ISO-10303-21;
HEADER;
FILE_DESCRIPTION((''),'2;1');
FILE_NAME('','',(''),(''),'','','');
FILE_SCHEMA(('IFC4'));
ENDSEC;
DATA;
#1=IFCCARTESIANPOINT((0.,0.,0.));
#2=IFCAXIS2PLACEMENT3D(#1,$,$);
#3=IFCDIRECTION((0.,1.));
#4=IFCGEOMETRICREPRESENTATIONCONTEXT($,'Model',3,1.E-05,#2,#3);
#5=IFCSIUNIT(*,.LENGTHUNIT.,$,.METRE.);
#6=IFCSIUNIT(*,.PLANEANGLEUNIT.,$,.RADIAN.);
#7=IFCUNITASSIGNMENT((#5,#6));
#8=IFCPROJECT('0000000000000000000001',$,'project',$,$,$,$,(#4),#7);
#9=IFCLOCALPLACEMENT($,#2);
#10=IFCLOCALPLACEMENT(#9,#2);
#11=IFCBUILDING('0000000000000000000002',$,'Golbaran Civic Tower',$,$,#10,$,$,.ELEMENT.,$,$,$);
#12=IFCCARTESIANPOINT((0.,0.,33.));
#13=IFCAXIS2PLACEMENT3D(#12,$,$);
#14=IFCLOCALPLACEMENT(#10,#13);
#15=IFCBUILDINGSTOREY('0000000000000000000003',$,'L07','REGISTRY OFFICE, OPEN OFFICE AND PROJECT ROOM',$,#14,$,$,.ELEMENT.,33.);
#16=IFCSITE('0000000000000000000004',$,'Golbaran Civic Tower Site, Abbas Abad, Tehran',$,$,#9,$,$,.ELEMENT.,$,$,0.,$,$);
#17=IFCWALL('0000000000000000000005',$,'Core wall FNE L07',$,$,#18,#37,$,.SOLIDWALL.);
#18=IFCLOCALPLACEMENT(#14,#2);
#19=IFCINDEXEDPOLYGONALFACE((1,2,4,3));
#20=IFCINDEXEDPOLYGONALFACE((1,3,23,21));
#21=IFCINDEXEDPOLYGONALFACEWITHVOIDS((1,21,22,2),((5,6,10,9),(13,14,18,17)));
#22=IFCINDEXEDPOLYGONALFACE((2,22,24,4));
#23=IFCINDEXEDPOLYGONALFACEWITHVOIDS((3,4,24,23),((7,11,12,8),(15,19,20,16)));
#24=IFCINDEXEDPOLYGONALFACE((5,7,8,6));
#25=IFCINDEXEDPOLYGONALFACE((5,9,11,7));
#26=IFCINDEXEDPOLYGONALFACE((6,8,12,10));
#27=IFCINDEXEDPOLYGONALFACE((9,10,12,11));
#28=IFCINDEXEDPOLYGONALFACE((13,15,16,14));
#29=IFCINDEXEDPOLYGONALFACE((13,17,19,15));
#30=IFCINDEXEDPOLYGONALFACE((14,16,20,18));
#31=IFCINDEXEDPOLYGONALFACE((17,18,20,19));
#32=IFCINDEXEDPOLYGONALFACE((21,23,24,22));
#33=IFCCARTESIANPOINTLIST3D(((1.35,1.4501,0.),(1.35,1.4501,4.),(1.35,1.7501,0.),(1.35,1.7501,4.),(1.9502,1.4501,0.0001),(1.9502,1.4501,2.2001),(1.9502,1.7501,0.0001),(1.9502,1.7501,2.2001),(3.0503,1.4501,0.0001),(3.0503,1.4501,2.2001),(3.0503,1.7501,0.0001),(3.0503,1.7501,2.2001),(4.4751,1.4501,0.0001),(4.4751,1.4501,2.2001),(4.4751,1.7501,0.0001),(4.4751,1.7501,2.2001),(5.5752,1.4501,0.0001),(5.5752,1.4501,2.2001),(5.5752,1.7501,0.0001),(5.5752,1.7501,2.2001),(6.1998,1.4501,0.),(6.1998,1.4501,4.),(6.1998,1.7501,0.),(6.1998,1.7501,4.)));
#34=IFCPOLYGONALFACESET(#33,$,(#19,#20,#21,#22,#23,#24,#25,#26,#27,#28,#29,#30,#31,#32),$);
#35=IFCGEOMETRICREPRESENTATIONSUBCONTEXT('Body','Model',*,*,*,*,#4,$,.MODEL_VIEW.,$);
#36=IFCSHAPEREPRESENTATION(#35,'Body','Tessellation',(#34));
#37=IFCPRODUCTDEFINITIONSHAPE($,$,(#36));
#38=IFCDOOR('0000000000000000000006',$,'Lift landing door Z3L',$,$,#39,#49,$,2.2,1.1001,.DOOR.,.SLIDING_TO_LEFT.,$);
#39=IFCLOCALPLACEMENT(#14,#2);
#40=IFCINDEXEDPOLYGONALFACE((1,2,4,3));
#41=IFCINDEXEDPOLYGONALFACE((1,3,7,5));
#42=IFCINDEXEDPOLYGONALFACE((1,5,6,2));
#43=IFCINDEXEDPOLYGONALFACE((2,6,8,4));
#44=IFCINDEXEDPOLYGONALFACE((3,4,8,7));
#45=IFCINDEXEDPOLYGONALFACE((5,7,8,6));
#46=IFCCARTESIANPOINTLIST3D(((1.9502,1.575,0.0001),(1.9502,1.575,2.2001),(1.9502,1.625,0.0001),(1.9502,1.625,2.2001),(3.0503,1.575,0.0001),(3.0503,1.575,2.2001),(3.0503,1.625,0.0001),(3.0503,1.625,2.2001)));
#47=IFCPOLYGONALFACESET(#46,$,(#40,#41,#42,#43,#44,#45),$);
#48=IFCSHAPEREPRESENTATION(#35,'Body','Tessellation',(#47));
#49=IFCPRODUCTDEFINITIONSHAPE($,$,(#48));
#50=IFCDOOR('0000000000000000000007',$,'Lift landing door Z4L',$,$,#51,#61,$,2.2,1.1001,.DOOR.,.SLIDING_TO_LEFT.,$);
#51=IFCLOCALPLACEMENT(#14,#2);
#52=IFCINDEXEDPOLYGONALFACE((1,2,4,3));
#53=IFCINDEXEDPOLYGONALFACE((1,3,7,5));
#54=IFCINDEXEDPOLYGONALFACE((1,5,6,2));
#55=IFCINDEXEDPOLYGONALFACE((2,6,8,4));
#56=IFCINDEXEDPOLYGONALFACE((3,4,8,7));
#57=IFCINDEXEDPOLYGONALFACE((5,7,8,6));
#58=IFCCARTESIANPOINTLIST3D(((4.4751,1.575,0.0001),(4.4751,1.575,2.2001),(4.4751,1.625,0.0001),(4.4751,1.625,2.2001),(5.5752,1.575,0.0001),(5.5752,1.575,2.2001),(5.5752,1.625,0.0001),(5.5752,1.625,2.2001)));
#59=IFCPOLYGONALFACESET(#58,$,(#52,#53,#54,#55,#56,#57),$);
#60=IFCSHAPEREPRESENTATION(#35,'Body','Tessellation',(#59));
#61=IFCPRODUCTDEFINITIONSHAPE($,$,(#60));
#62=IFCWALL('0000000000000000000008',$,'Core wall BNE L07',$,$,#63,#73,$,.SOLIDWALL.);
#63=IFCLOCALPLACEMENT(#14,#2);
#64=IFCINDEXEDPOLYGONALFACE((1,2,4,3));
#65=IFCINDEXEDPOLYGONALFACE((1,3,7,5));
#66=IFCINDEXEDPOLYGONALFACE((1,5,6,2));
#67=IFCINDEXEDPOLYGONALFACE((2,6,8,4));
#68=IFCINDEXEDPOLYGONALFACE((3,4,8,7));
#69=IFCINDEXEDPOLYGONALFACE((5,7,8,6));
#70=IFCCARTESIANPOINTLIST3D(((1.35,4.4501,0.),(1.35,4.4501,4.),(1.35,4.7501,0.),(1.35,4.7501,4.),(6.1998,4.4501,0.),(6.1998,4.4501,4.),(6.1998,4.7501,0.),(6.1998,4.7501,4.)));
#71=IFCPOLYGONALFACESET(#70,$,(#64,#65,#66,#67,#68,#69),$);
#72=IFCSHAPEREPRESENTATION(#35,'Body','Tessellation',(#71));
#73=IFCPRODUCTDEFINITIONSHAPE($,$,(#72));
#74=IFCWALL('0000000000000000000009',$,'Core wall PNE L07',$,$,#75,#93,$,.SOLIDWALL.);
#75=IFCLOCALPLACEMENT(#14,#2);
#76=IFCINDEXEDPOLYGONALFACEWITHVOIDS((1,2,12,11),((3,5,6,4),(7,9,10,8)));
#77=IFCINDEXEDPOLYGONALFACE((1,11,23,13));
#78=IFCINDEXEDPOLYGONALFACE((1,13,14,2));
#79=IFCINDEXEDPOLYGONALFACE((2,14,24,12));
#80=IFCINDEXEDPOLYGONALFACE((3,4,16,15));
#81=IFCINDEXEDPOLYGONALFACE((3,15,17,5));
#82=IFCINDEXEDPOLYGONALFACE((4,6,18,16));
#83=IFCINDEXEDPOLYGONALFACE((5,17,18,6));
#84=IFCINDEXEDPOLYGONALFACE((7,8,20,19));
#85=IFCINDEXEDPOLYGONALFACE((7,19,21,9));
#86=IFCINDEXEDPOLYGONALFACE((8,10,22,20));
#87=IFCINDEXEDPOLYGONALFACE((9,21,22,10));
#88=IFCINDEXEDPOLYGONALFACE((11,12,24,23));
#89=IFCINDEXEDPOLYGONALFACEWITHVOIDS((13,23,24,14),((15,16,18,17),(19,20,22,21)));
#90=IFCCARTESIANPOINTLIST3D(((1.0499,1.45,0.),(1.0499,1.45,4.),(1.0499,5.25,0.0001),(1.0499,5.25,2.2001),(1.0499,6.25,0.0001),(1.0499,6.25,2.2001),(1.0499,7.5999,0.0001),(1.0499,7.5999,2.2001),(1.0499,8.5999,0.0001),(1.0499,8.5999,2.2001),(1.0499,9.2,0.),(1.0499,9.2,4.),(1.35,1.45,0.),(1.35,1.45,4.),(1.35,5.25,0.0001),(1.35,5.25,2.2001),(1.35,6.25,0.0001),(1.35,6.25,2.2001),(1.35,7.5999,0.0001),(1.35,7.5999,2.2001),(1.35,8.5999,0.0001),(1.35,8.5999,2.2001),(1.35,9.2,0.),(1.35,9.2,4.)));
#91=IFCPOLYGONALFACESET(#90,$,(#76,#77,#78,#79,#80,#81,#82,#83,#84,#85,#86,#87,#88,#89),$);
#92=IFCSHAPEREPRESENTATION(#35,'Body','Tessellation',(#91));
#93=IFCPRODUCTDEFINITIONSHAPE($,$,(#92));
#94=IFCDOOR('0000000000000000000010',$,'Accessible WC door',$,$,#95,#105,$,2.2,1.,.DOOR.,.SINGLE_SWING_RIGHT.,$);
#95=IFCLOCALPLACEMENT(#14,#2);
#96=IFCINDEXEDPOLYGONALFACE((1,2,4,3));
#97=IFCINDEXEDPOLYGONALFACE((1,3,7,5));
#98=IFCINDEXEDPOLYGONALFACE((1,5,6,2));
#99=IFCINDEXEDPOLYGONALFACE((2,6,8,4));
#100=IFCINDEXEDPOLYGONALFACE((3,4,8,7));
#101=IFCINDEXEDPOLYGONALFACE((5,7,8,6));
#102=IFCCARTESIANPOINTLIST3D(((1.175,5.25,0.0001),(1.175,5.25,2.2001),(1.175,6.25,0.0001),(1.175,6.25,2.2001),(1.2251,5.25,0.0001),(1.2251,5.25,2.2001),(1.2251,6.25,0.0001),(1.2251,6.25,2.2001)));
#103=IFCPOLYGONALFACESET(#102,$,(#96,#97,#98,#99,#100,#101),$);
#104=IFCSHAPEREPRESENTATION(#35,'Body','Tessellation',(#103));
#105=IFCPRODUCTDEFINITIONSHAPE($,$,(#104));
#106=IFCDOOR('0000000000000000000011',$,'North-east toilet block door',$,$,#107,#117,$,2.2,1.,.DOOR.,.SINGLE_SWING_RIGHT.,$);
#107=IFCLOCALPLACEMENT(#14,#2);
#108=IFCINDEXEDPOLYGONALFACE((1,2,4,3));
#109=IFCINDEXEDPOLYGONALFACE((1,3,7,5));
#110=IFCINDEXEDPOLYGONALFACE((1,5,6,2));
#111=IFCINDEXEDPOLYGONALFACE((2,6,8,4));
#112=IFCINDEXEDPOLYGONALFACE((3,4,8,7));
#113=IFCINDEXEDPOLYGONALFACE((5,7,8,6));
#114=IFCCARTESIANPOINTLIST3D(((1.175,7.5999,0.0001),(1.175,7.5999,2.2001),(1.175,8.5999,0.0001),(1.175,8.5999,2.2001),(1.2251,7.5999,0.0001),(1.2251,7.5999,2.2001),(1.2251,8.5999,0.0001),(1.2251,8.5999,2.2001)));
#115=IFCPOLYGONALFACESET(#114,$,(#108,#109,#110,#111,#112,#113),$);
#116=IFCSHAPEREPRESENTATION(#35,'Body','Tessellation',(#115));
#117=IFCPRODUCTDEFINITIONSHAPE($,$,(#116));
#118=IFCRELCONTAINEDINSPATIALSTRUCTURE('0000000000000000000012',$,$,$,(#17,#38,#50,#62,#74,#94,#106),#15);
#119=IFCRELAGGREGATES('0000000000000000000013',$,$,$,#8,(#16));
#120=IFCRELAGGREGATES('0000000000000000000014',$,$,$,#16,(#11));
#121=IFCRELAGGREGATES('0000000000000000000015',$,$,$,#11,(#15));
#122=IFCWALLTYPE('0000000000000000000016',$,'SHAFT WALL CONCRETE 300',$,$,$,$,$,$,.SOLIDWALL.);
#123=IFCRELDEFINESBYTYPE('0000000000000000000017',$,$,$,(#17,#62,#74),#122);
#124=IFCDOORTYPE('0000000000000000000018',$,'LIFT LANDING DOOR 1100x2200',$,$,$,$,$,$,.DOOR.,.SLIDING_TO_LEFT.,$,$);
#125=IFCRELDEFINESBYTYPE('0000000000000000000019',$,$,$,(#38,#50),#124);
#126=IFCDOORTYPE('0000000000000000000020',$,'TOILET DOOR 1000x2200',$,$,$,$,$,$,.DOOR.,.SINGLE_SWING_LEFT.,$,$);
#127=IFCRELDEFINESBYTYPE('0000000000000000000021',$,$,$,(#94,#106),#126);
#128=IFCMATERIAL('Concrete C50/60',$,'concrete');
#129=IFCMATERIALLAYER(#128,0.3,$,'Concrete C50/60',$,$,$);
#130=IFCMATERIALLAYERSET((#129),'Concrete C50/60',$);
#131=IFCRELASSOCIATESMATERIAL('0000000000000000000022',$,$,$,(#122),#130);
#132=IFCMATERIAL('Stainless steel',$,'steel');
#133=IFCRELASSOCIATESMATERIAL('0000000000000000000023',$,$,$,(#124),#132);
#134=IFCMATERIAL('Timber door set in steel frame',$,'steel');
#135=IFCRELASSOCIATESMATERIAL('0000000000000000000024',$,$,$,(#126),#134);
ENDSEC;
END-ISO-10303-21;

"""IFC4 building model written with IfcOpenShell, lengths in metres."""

from ifc_helpers import new_model, si_unit, direction, frame, frame_2d, origin, place, context, subcontext, project, spatial, rectangle, extrude, material, layer, layer_set, type_object, element, fill, save


model = new_model("IFC4")

# Units and contexts
model_context = context("Model", 3, precision=1e-05, world=origin(), true_north=direction((0.0, 1.0)))
body_context = subcontext(model_context, "Body", "Model", "MODEL_VIEW")
ifc_project = project(units=[si_unit("LENGTHUNIT", "METRE"), si_unit("PLANEANGLEUNIT", "RADIAN")], contexts=[model_context])

# Site, building, storey
site_placement = place(None, origin())
site = spatial("IfcSite", under=ifc_project, at=site_placement, Name="Golbaran Civic Tower Site, Abbas Abad, Tehran", CompositionType="ELEMENT", RefElevation=0.0)
building_placement = place(site_placement, origin())
building = spatial("IfcBuilding", under=site, at=building_placement, Name="Golbaran Civic Tower", CompositionType="ELEMENT")
storey_placement = place(building_placement, frame((0.0, 0.0, 33.0)))
storey = spatial("IfcBuildingStorey", under=building, at=storey_placement, Name="L07", Description="REGISTRY OFFICE, OPEN OFFICE AND PROJECT ROOM", CompositionType="ELEMENT", Elevation=33.0)

# Shared definitions
ifc_material_1 = material(Name="Timber door set in steel frame", Category="steel")

# Wall, openings, doors
ifc_material_2 = material(Name="Concrete C50/60", Category="concrete")
ifc_layer_1 = layer(ifc_material_2, 0.3, Name="Concrete C50/60")
ifc_layer_set_1 = layer_set([ifc_layer_1], Name="Concrete C50/60")
wall_type_1 = type_object("IfcWallType", Name="SHAFT WALL CONCRETE 300", PredefinedType="SOLIDWALL", material=ifc_layer_set_1)
wall_1_placement = place(storey_placement, frame((1.3501, 1.6001, 0.0), z_axis=(0.0, 0.0, 1.0), x_axis=(1.0, 0.0, 0.0)))
wall_1 = element("IfcWall", 1, at=wall_1_placement, inside=storey, type_object=wall_type_1, Name="Core wall FNE L07", PredefinedType="SOLIDWALL", context=body_context, shape_type="SweptSolid", body=[
    extrude(rectangle(XDim=4.8499, YDim=0.3, at=frame_2d((2.4248, 0.0))), origin(), (0.0, 0.0, 1.0), 4.0),
])
opening_1_placement = place(wall_1_placement, frame((0.6001, 0.0, 0.0)))
opening_1 = element("IfcOpeningElement", 2, at=opening_1_placement, cuts=wall_1, PredefinedType="OPENING", context=body_context, shape_type="SweptSolid", body=[
    extrude(rectangle(XDim=1.1001, YDim=2.2, at=frame_2d((0.55, 1.1001))), frame((0.0, 0.1599, 0.0), z_axis=(0.0, -1.0, 0.0), x_axis=(1.0, 0.0, 0.0)), (0.0, 0.0, 1.0), 0.3201),
])
opening_2_placement = place(wall_1_placement, frame((3.125, 0.0, 0.0)))
opening_2 = element("IfcOpeningElement", 3, at=opening_2_placement, cuts=wall_1, PredefinedType="OPENING", context=body_context, shape_type="SweptSolid", body=[
    extrude(rectangle(XDim=1.1001, YDim=2.2, at=frame_2d((0.55, 1.1001))), frame((0.0, 0.1599, 0.0), z_axis=(0.0, -1.0, 0.0), x_axis=(1.0, 0.0, 0.0)), (0.0, 0.0, 1.0), 0.3201),
])
ifc_material_3 = material(Name="Stainless steel", Category="steel")
door_type_1 = type_object("IfcDoorType", Name="LIFT LANDING DOOR 1100x2200", OperationType="SLIDING_TO_LEFT", PredefinedType="DOOR", material=ifc_material_3)
door_1_placement = place(opening_1_placement, origin())
door_1 = element("IfcDoor", 4, at=door_1_placement, inside=storey, type_object=door_type_1, Name="Lift landing door Z3L", OperationType="SLIDING_TO_LEFT", OverallHeight=2.2, OverallWidth=1.1001, PredefinedType="DOOR", context=body_context, shape_type="SweptSolid", body=[
    extrude(rectangle(XDim=1.1001, YDim=2.2, at=frame_2d((0.55, 1.1001))), frame((0.0, 0.0249, 0.0), z_axis=(0.0, -1.0, 0.0), x_axis=(1.0, 0.0, 0.0)), (0.0, 0.0, 1.0), 0.05),
])
fill(opening_1, door_1)
door_2_placement = place(opening_2_placement, origin())
door_2 = element("IfcDoor", 5, at=door_2_placement, inside=storey, type_object=door_type_1, Name="Lift landing door Z4L", OperationType="SLIDING_TO_LEFT", OverallHeight=2.2, OverallWidth=1.1001, PredefinedType="DOOR", context=body_context, shape_type="SweptSolid", body=[
    extrude(rectangle(XDim=1.1001, YDim=2.2, at=frame_2d((0.55, 1.1001))), frame((0.0, 0.0249, 0.0), z_axis=(0.0, -1.0, 0.0), x_axis=(1.0, 0.0, 0.0)), (0.0, 0.0, 1.0), 0.05),
])
fill(opening_2, door_2)

# Wall
wall_2_placement = place(storey_placement, frame((1.3501, 4.6001, 0.0), z_axis=(0.0, 0.0, 1.0), x_axis=(1.0, 0.0, 0.0)))
element("IfcWall", 6, at=wall_2_placement, inside=storey, type_object=wall_type_1, Name="Core wall BNE L07", PredefinedType="SOLIDWALL", context=body_context, shape_type="SweptSolid", body=[
    extrude(rectangle(XDim=4.8499, YDim=0.3, at=frame_2d((2.4248, 0.0))), origin(), (0.0, 0.0, 1.0), 4.0),
])

# Wall, openings, doors
wall_3_placement = place(storey_placement, frame((1.2, 1.45, 0.0), z_axis=(0.0, 0.0, 1.0), x_axis=(0.0, 1.0, 0.0)))
wall_3 = element("IfcWall", 7, at=wall_3_placement, inside=storey, type_object=wall_type_1, Name="Core wall PNE L07", PredefinedType="SOLIDWALL", context=body_context, shape_type="SweptSolid", body=[
    extrude(rectangle(XDim=7.75, YDim=0.3, at=frame_2d((3.875, 0.0))), origin(), (0.0, 0.0, 1.0), 4.0),
])
opening_3_placement = place(wall_3_placement, frame((3.8, 0.0, 0.0)))
opening_3 = element("IfcOpeningElement", 8, at=opening_3_placement, cuts=wall_3, PredefinedType="OPENING", context=body_context, shape_type="SweptSolid", body=[
    extrude(rectangle(XDim=1.0, YDim=2.2, at=frame_2d((0.5, 1.1001))), frame((0.0, 0.1599, 0.0), z_axis=(0.0, -1.0, 0.0), x_axis=(1.0, 0.0, 0.0)), (0.0, 0.0, 1.0), 0.3201),
])
opening_4_placement = place(wall_3_placement, frame((6.1499, 0.0, 0.0)))
opening_4 = element("IfcOpeningElement", 9, at=opening_4_placement, cuts=wall_3, PredefinedType="OPENING", context=body_context, shape_type="SweptSolid", body=[
    extrude(rectangle(XDim=1.0, YDim=2.2, at=frame_2d((0.5, 1.1001))), frame((0.0, 0.1599, 0.0), z_axis=(0.0, -1.0, 0.0), x_axis=(1.0, 0.0, 0.0)), (0.0, 0.0, 1.0), 0.3201),
])
door_type_2 = type_object("IfcDoorType", Name="TOILET DOOR 1000x2200", OperationType="SINGLE_SWING_LEFT", PredefinedType="DOOR", material=ifc_material_1)
door_3_placement = place(opening_3_placement, origin())
door_3 = element("IfcDoor", 10, at=door_3_placement, inside=storey, type_object=door_type_2, Name="Accessible WC door", OperationType="SINGLE_SWING_RIGHT", OverallHeight=2.2, OverallWidth=1.0, PredefinedType="DOOR", context=body_context, shape_type="SweptSolid", body=[
    extrude(rectangle(XDim=1.0, YDim=2.2, at=frame_2d((0.5, 1.1001))), frame((0.0, 0.0249, 0.0), z_axis=(0.0, -1.0, 0.0), x_axis=(1.0, 0.0, 0.0)), (0.0, 0.0, 1.0), 0.05),
])
fill(opening_3, door_3)
door_4_placement = place(opening_4_placement, origin())
door_4 = element("IfcDoor", 11, at=door_4_placement, inside=storey, type_object=door_type_2, Name="North-east toilet block door", OperationType="SINGLE_SWING_RIGHT", OverallHeight=2.2, OverallWidth=1.0, PredefinedType="DOOR", context=body_context, shape_type="SweptSolid", body=[
    extrude(rectangle(XDim=1.0, YDim=2.2, at=frame_2d((0.5, 1.1001))), frame((0.0, 0.0249, 0.0), z_axis=(0.0, -1.0, 0.0), x_axis=(1.0, 0.0, 0.0)), (0.0, 0.0, 1.0), 0.05),
])
fill(opening_4, door_4)

save(model, "model.ifc")
